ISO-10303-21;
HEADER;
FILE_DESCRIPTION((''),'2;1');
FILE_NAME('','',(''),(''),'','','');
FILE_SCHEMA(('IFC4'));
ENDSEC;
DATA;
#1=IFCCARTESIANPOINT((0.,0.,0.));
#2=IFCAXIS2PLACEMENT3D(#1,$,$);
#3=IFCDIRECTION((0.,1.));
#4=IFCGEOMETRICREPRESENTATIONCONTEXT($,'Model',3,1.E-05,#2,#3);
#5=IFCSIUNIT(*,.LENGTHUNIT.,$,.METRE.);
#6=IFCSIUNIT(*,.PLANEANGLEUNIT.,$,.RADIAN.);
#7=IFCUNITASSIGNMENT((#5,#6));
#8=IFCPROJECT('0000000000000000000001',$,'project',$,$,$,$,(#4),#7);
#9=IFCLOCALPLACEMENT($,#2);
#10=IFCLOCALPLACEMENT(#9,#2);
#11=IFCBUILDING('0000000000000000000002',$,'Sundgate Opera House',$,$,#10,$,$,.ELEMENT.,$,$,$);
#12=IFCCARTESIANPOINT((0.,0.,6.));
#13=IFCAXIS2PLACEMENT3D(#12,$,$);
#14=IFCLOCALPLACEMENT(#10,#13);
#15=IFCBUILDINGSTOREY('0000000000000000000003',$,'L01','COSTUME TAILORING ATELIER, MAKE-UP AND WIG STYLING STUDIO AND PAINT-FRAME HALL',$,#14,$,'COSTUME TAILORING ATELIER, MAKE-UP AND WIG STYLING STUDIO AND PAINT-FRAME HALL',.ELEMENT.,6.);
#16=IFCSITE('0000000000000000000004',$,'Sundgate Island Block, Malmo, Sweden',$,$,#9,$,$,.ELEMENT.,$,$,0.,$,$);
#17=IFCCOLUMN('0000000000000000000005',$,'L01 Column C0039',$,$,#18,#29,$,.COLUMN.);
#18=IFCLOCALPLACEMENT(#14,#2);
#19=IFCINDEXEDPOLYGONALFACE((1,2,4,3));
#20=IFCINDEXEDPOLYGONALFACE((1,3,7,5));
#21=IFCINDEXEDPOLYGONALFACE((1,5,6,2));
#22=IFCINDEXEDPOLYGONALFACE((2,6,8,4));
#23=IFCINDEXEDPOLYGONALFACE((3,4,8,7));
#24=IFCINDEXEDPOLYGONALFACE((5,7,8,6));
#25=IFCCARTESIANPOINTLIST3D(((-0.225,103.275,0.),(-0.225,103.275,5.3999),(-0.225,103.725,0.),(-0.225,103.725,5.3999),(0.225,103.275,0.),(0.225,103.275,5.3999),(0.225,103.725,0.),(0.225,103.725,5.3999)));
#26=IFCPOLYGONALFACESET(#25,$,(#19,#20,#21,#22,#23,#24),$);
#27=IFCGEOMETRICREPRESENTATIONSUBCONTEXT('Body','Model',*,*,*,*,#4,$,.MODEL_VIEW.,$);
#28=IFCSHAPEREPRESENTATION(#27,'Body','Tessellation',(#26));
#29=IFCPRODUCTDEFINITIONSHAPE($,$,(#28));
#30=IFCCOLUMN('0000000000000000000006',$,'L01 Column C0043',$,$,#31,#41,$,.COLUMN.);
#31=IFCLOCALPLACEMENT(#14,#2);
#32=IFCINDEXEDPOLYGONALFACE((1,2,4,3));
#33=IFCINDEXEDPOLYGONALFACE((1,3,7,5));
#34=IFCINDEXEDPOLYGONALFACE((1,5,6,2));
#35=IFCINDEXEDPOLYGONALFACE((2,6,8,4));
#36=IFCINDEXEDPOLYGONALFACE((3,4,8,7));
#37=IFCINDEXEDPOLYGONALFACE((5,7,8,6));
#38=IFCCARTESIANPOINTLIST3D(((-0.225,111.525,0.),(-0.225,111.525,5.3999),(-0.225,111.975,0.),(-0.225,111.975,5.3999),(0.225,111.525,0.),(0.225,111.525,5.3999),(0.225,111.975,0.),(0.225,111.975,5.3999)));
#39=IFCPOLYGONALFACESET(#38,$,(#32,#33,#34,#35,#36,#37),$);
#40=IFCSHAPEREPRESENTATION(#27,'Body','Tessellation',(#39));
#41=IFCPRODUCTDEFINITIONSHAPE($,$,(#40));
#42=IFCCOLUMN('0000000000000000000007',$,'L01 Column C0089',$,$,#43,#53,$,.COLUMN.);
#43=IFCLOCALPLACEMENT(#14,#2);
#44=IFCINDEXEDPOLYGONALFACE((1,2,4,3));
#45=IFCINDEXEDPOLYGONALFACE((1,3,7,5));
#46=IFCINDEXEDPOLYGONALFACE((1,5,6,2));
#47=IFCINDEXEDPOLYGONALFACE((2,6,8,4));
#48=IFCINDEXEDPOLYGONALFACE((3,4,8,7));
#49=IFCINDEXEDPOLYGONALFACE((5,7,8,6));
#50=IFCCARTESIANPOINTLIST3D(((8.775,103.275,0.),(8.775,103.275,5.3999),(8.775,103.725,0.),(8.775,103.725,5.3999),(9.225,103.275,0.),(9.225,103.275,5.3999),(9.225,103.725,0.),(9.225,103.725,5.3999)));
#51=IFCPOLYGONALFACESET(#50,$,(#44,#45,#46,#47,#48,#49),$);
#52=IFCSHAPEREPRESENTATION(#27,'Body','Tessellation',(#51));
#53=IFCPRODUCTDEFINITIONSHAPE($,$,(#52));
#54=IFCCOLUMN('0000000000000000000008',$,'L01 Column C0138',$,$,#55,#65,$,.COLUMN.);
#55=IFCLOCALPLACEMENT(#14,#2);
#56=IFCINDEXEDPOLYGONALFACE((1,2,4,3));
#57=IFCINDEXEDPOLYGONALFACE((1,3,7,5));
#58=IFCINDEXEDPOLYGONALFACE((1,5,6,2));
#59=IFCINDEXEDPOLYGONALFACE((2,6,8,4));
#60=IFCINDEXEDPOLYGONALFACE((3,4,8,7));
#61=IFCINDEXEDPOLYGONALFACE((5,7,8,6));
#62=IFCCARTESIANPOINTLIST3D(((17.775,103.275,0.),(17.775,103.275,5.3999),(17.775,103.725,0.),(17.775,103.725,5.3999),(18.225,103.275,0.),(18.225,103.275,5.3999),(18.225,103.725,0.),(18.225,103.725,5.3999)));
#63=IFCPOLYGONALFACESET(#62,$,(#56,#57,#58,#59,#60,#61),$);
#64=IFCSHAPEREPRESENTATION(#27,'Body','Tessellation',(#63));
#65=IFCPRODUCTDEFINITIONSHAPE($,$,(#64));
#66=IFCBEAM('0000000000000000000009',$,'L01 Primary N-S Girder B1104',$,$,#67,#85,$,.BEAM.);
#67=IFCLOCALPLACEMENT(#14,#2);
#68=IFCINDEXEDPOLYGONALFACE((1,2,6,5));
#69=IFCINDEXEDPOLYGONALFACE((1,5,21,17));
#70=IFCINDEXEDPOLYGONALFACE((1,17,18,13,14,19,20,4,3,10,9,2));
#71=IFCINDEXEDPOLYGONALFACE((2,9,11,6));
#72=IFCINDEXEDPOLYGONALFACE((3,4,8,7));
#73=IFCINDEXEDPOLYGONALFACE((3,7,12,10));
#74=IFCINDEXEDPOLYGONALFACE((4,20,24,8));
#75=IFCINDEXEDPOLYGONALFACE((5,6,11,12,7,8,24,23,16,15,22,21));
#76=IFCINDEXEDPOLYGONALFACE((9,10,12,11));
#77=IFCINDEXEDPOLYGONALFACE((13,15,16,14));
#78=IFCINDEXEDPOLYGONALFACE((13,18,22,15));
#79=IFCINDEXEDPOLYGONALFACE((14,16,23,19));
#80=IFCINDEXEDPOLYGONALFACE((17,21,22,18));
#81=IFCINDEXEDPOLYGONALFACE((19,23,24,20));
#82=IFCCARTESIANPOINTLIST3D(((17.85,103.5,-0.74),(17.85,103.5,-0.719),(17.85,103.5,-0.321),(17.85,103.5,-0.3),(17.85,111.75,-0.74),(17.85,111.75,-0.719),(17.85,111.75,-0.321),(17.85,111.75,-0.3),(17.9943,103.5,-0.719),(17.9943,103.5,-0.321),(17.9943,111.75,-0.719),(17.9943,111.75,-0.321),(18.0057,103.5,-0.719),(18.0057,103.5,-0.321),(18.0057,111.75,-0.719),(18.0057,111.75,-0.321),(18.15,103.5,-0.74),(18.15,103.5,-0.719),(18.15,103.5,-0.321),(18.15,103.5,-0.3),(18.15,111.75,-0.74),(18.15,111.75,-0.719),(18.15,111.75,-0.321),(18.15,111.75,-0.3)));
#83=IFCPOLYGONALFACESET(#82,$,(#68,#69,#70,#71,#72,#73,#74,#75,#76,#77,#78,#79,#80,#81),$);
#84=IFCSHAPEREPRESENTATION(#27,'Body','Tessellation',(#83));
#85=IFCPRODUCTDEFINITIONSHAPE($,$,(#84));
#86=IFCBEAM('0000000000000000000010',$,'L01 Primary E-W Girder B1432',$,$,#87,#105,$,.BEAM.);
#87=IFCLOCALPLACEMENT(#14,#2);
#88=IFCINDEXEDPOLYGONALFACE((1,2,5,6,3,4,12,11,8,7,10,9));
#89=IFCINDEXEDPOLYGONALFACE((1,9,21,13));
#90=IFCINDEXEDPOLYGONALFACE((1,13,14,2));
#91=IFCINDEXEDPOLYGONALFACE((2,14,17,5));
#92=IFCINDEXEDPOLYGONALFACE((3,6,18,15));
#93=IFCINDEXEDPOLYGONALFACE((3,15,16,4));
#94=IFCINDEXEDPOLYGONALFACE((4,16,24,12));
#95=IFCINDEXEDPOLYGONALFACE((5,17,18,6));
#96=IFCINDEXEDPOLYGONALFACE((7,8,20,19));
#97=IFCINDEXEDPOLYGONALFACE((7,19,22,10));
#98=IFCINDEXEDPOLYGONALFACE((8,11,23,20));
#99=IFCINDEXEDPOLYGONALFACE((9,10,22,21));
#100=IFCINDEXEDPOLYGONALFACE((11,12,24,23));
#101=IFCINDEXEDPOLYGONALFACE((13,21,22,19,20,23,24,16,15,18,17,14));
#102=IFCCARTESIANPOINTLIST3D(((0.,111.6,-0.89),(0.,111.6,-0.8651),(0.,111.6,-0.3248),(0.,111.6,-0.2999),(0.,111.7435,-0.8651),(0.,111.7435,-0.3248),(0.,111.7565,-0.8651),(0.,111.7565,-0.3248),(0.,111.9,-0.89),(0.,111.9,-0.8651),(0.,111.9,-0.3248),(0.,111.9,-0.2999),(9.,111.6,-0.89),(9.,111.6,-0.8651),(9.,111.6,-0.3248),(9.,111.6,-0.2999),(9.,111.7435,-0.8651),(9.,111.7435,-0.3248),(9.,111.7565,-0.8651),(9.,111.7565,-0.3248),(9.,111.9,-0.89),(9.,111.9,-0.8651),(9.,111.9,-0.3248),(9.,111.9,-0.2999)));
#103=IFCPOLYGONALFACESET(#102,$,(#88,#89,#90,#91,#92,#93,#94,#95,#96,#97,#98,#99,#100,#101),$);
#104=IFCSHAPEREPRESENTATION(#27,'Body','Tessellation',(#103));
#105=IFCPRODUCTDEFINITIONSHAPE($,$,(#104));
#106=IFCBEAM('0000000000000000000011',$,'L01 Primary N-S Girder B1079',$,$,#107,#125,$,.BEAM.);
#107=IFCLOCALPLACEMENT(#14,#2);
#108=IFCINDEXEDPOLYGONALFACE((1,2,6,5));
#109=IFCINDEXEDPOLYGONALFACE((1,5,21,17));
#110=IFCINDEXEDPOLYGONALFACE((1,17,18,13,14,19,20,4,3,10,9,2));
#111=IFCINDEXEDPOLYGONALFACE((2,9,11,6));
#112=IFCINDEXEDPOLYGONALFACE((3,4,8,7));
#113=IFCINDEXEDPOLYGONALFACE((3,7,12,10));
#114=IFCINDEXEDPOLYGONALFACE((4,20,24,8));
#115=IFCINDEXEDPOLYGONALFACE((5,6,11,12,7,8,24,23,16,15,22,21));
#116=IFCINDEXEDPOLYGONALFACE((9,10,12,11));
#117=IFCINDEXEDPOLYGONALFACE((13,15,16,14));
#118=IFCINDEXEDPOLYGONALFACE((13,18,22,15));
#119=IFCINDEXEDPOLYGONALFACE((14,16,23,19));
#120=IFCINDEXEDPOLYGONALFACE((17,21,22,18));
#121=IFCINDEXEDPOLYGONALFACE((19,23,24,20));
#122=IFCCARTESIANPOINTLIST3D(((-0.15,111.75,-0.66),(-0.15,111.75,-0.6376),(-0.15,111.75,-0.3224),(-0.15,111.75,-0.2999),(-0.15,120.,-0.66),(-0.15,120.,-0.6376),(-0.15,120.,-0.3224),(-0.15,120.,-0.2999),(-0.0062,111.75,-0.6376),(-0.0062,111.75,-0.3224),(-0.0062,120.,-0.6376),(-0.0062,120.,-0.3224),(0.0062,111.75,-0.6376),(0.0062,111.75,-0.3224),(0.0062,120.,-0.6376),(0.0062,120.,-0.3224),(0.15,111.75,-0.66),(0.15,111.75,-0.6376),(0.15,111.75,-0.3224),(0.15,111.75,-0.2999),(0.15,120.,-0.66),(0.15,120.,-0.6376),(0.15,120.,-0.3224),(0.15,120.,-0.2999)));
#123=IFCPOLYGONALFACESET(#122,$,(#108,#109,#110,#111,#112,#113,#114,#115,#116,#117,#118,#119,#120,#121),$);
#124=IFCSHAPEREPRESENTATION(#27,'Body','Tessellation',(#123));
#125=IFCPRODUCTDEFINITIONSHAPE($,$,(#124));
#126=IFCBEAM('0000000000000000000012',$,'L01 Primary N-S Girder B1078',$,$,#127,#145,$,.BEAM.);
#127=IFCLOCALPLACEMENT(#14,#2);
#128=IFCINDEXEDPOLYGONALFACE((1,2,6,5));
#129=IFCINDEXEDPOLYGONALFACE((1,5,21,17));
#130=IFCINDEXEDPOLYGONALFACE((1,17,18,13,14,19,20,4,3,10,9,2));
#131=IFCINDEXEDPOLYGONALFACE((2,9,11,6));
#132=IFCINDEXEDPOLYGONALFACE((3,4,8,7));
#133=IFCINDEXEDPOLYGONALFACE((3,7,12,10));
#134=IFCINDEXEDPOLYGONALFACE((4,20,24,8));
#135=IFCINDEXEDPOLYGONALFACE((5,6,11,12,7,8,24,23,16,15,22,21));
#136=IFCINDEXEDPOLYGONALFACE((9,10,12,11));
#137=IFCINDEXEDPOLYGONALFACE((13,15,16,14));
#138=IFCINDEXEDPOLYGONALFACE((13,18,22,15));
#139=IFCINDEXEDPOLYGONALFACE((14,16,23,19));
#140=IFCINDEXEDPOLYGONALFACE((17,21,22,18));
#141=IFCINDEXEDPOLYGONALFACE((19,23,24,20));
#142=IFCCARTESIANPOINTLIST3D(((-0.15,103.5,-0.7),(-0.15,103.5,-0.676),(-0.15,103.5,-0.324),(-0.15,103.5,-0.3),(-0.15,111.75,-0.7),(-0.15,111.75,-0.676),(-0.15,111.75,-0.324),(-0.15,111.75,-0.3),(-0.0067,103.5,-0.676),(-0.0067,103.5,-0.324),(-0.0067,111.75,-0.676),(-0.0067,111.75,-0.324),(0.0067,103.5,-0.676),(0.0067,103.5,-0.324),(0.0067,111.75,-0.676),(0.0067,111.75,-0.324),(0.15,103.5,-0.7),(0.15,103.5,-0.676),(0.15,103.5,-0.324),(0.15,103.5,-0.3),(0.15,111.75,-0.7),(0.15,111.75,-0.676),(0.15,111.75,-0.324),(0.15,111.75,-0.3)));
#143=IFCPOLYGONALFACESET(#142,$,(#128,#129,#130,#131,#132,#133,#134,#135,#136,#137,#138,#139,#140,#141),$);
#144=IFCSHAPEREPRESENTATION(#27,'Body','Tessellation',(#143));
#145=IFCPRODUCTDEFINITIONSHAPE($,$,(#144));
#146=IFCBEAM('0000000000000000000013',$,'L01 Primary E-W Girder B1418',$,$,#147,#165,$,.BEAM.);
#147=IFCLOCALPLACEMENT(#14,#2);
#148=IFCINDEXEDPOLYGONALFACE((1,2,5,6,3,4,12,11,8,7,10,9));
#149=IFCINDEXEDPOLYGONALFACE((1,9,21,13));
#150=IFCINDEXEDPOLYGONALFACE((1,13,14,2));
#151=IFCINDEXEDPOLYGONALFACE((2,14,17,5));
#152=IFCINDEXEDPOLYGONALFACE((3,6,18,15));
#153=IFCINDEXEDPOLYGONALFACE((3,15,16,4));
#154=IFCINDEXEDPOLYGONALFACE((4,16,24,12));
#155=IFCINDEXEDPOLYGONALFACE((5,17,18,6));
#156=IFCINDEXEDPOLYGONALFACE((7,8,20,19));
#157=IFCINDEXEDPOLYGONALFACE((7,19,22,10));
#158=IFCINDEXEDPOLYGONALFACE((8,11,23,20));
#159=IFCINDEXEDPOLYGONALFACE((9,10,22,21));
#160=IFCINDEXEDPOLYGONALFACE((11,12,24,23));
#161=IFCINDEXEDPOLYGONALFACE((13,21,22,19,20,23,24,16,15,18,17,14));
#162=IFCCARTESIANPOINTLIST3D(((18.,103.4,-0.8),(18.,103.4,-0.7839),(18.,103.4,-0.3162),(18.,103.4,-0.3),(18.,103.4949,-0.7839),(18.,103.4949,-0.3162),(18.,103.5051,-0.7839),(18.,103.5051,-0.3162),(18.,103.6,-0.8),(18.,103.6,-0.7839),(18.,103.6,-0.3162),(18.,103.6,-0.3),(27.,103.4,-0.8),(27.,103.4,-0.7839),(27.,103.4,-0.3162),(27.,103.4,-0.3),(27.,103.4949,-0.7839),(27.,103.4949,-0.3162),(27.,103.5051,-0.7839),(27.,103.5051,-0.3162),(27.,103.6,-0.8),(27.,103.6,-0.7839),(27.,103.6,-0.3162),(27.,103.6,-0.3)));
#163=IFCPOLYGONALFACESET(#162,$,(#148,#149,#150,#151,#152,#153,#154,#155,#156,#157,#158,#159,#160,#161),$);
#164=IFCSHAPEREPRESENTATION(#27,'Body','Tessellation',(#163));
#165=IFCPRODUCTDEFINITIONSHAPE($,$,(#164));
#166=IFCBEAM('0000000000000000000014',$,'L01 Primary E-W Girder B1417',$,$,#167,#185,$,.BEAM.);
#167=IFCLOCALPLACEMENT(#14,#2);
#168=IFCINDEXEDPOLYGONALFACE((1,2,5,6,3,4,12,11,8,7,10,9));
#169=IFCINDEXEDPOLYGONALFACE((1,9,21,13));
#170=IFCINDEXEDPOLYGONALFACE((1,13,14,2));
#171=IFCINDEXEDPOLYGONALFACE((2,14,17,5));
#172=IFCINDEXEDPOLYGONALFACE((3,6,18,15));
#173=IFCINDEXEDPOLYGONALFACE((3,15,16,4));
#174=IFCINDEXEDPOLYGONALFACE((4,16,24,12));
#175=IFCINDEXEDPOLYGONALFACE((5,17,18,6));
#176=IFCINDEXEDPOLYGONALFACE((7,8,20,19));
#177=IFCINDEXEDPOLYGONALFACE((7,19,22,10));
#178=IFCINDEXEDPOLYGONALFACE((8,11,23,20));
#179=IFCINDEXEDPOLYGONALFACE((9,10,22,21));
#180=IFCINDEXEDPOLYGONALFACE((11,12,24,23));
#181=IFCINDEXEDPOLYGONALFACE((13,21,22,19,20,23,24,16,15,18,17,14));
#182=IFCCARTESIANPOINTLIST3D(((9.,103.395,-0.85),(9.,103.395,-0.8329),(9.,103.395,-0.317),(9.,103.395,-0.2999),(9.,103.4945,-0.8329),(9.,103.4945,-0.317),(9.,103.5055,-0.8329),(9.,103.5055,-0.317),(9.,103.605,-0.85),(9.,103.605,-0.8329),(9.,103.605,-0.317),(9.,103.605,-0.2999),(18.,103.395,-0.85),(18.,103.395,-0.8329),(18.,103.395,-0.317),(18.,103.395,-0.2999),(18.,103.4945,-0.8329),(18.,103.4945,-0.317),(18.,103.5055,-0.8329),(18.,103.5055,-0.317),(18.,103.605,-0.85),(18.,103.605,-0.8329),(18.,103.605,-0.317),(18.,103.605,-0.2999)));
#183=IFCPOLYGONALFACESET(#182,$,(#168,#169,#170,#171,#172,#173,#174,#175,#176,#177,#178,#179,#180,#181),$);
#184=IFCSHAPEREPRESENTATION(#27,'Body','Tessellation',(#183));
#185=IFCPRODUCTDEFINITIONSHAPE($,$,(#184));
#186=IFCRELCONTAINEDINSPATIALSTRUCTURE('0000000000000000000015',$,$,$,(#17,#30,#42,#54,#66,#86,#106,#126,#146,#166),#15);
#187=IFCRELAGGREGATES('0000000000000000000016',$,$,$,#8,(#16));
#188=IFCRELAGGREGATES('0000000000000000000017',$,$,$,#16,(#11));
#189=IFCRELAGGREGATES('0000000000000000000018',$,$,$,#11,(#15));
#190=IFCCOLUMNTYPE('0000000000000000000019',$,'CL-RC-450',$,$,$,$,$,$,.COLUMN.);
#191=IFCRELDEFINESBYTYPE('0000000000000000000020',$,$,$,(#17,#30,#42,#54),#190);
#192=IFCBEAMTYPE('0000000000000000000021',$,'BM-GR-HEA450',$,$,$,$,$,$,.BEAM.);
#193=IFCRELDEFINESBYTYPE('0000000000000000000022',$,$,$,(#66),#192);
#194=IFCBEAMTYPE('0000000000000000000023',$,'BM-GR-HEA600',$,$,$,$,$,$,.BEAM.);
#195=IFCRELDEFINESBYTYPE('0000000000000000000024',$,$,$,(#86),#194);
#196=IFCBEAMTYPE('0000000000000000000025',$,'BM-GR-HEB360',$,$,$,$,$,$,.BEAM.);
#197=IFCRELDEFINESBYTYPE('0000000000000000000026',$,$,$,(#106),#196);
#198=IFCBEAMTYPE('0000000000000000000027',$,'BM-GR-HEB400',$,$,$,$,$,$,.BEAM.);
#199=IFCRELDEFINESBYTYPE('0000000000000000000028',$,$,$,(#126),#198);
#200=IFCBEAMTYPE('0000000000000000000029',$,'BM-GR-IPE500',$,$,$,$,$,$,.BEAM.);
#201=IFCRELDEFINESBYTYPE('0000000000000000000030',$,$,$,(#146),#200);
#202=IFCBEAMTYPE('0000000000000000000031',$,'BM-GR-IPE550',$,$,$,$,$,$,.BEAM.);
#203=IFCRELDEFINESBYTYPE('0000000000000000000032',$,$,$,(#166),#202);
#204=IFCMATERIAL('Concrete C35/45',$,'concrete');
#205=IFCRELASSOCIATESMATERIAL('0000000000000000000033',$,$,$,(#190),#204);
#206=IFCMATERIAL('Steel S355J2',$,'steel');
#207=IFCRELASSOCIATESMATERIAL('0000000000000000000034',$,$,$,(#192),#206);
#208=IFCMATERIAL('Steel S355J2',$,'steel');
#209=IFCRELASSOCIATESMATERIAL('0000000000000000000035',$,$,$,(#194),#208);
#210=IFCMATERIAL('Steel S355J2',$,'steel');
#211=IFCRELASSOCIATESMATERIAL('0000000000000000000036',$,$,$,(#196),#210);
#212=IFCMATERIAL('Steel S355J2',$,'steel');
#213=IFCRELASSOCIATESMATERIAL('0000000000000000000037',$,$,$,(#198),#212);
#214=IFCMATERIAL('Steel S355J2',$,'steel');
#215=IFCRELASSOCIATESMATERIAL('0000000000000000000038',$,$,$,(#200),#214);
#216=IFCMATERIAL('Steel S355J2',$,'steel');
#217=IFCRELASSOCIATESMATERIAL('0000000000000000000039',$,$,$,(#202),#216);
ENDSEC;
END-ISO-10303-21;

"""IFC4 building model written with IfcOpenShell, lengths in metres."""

from ifc_helpers import new_model, si_unit, direction, frame, origin, origin_2d, place, context, subcontext, project, spatial, rectangle, i_section, extrude, material, material_profile, profile_set, type_object, element, save


model = new_model("IFC4")

# Units and contexts
model_context = context("Model", 3, precision=1e-05, world=origin(), true_north=direction((0.0, 1.0)))
body_context = subcontext(model_context, "Body", "Model", "MODEL_VIEW")
ifc_project = project(units=[si_unit("LENGTHUNIT", "METRE"), si_unit("PLANEANGLEUNIT", "RADIAN")], contexts=[model_context])

# Site, building, storey
site_placement = place(None, origin())
site = spatial("IfcSite", under=ifc_project, at=site_placement, Name="Sundgate Island Block, Malmo, Sweden", CompositionType="ELEMENT", RefElevation=0.0)
building_placement = place(site_placement, origin())
building = spatial("IfcBuilding", under=site, at=building_placement, Name="Sundgate Opera House", CompositionType="ELEMENT")
storey_placement = place(building_placement, frame((0.0, 0.0, 6.0)))
storey = spatial("IfcBuildingStorey", under=building, at=storey_placement, Name="L01", Description="COSTUME TAILORING ATELIER, MAKE-UP AND WIG STYLING STUDIO AND PAINT-FRAME HALL", LongName="COSTUME TAILORING ATELIER, MAKE-UP AND WIG STYLING STUDIO AND PAINT-FRAME HALL", CompositionType="ELEMENT", Elevation=6.0)

# Columns
ifc_material_1 = material(Name="Concrete C35/45", Category="concrete")
ifc_material_profile_1 = material_profile(ifc_material_1, rectangle(XDim=0.45, YDim=0.45, at=origin_2d()), Name="RC 450x450")
ifc_profile_set_1 = profile_set([ifc_material_profile_1], Name="Concrete C35/45")
column_type = type_object("IfcColumnType", Name="CL-RC-450", PredefinedType="COLUMN", material=ifc_profile_set_1)
for number, where, z_axis, x_axis, name in (
    (1, (0.0, 103.5, 0.0), (0.0, 0.0, 1.0), (1.0, 0.0, 0.0), "L01 Column C0039"),
    (2, (0.0, 111.75, 0.0), (0.0, 0.0, 1.0), (1.0, 0.0, 0.0), "L01 Column C0043"),
    (3, (9.0, 103.5, 0.0), (0.0, 0.0, 1.0), (1.0, 0.0, 0.0), "L01 Column C0089"),
    (4, (18.0, 103.5, 0.0), (0.0, 0.0, 1.0), (1.0, 0.0, 0.0), "L01 Column C0138"),
):
    element("IfcColumn", number, at=place(storey_placement, frame(where, z_axis=z_axis, x_axis=x_axis)), inside=storey, type_object=column_type, Name=name, PredefinedType="COLUMN", context=body_context, shape_type="SweptSolid", body=[
        extrude(rectangle(XDim=0.45, YDim=0.45, at=origin_2d()), origin(), (0.0, 0.0, 1.0), 5.3999),
    ])

# Beams
ifc_material_2 = material(Name="Steel S355J2", Category="steel")
ifc_material_profile_2 = material_profile(ifc_material_2, i_section(OverallWidth=0.3, OverallDepth=0.4399, WebThickness=0.0115, FlangeThickness=0.021, at=origin_2d()), Name="HEA 450")
ifc_profile_set_2 = profile_set([ifc_material_profile_2], Name="Steel S355J2")
beam_type_1 = type_object("IfcBeamType", Name="BM-GR-HEA450", PredefinedType="BEAM", material=ifc_profile_set_2)
beam_1_placement = place(storey_placement, frame((18.0, 103.5, -0.52), z_axis=(0.0, 1.0, 0.0), x_axis=(-1.0, 0.0, 0.0)))
element("IfcBeam", 5, at=beam_1_placement, inside=storey, type_object=beam_type_1, Name="L01 Primary N-S Girder B1104", PredefinedType="BEAM", context=body_context, shape_type="SweptSolid", body=[
    extrude(i_section(OverallWidth=0.3, OverallDepth=0.4399, WebThickness=0.0115, FlangeThickness=0.021, at=origin_2d()), origin(), (0.0, 0.0, 1.0), 8.25),
])
ifc_material_3 = material(Name="Steel S355J2", Category="steel")
ifc_material_profile_3 = material_profile(ifc_material_3, i_section(OverallWidth=0.3, OverallDepth=0.5901, WebThickness=0.0129, FlangeThickness=0.0249, at=origin_2d()), Name="HEA 600")
ifc_profile_set_3 = profile_set([ifc_material_profile_3], Name="Steel S355J2")
beam_type_2 = type_object("IfcBeamType", Name="BM-GR-HEA600", PredefinedType="BEAM", material=ifc_profile_set_3)
beam_2_placement = place(storey_placement, frame((0.0, 111.75, -0.595), z_axis=(1.0, 0.0, 0.0), x_axis=(0.0, 1.0, 0.0)))
element("IfcBeam", 6, at=beam_2_placement, inside=storey, type_object=beam_type_2, Name="L01 Primary E-W Girder B1432", PredefinedType="BEAM", context=body_context, shape_type="SweptSolid", body=[
    extrude(i_section(OverallWidth=0.3, OverallDepth=0.5901, WebThickness=0.0129, FlangeThickness=0.0249, at=origin_2d()), origin(), (0.0, 0.0, 1.0), 9.0),
])
ifc_material_4 = material(Name="Steel S355J2", Category="steel")
ifc_material_profile_4 = material_profile(ifc_material_4, i_section(OverallWidth=0.3, OverallDepth=0.3601, WebThickness=0.0125, FlangeThickness=0.0225, at=origin_2d()), Name="HEB 360")
ifc_profile_set_4 = profile_set([ifc_material_profile_4], Name="Steel S355J2")
beam_type_3 = type_object("IfcBeamType", Name="BM-GR-HEB360", PredefinedType="BEAM", material=ifc_profile_set_4)
beam_3_placement = place(storey_placement, frame((0.0, 111.75, -0.48), z_axis=(0.0, 1.0, 0.0), x_axis=(-1.0, 0.0, 0.0)))
element("IfcBeam", 7, at=beam_3_placement, inside=storey, type_object=beam_type_3, Name="L01 Primary N-S Girder B1079", PredefinedType="BEAM", context=body_context, shape_type="SweptSolid", body=[
    extrude(i_section(OverallWidth=0.3, OverallDepth=0.3601, WebThickness=0.0125, FlangeThickness=0.0225, at=origin_2d()), origin(), (0.0, 0.0, 1.0), 8.25),
])
ifc_material_5 = material(Name="Steel S355J2", Category="steel")
ifc_material_profile_5 = material_profile(ifc_material_5, i_section(OverallWidth=0.3, OverallDepth=0.3999, WebThickness=0.0134, FlangeThickness=0.0239, at=origin_2d()), Name="HEB 400")
ifc_profile_set_5 = profile_set([ifc_material_profile_5], Name="Steel S355J2")
beam_type_4 = type_object("IfcBeamType", Name="BM-GR-HEB400", PredefinedType="BEAM", material=ifc_profile_set_5)
beam_4_placement = place(storey_placement, frame((0.0, 103.5, -0.5), z_axis=(0.0, 1.0, 0.0), x_axis=(-1.0, 0.0, 0.0)))
element("IfcBeam", 8, at=beam_4_placement, inside=storey, type_object=beam_type_4, Name="L01 Primary N-S Girder B1078", PredefinedType="BEAM", context=body_context, shape_type="SweptSolid", body=[
    extrude(i_section(OverallWidth=0.3, OverallDepth=0.3999, WebThickness=0.0134, FlangeThickness=0.0239, at=origin_2d()), origin(), (0.0, 0.0, 1.0), 8.25),
])
ifc_material_6 = material(Name="Steel S355J2", Category="steel")
ifc_material_profile_6 = material_profile(ifc_material_6, i_section(OverallWidth=0.2, OverallDepth=0.5, WebThickness=0.0103, FlangeThickness=0.0161, at=origin_2d()), Name="IPE 500")
ifc_profile_set_6 = profile_set([ifc_material_profile_6], Name="Steel S355J2")
beam_type_5 = type_object("IfcBeamType", Name="BM-GR-IPE500", PredefinedType="BEAM", material=ifc_profile_set_6)
beam_5_placement = place(storey_placement, frame((18.0, 103.5, -0.55), z_axis=(1.0, 0.0, 0.0), x_axis=(0.0, 1.0, 0.0)))
element("IfcBeam", 9, at=beam_5_placement, inside=storey, type_object=beam_type_5, Name="L01 Primary E-W Girder B1418", PredefinedType="BEAM", context=body_context, shape_type="SweptSolid", body=[
    extrude(i_section(OverallWidth=0.2, OverallDepth=0.5, WebThickness=0.0103, FlangeThickness=0.0161, at=origin_2d()), origin(), (0.0, 0.0, 1.0), 9.0),
])
ifc_material_7 = material(Name="Steel S355J2", Category="steel")
ifc_material_profile_7 = material_profile(ifc_material_7, i_section(OverallWidth=0.21, OverallDepth=0.55, WebThickness=0.011, FlangeThickness=0.0171, at=origin_2d()), Name="IPE 550")
ifc_profile_set_7 = profile_set([ifc_material_profile_7], Name="Steel S355J2")
beam_type_6 = type_object("IfcBeamType", Name="BM-GR-IPE550", PredefinedType="BEAM", material=ifc_profile_set_7)
beam_6_placement = place(storey_placement, frame((9.0, 103.5, -0.575), z_axis=(1.0, 0.0, 0.0), x_axis=(0.0, 1.0, 0.0)))
element("IfcBeam", 10, at=beam_6_placement, inside=storey, type_object=beam_type_6, Name="L01 Primary E-W Girder B1417", PredefinedType="BEAM", context=body_context, shape_type="SweptSolid", body=[
    extrude(i_section(OverallWidth=0.21, OverallDepth=0.55, WebThickness=0.011, FlangeThickness=0.0171, at=origin_2d()), origin(), (0.0, 0.0, 1.0), 9.0),
])

save(model, "model.ifc")
